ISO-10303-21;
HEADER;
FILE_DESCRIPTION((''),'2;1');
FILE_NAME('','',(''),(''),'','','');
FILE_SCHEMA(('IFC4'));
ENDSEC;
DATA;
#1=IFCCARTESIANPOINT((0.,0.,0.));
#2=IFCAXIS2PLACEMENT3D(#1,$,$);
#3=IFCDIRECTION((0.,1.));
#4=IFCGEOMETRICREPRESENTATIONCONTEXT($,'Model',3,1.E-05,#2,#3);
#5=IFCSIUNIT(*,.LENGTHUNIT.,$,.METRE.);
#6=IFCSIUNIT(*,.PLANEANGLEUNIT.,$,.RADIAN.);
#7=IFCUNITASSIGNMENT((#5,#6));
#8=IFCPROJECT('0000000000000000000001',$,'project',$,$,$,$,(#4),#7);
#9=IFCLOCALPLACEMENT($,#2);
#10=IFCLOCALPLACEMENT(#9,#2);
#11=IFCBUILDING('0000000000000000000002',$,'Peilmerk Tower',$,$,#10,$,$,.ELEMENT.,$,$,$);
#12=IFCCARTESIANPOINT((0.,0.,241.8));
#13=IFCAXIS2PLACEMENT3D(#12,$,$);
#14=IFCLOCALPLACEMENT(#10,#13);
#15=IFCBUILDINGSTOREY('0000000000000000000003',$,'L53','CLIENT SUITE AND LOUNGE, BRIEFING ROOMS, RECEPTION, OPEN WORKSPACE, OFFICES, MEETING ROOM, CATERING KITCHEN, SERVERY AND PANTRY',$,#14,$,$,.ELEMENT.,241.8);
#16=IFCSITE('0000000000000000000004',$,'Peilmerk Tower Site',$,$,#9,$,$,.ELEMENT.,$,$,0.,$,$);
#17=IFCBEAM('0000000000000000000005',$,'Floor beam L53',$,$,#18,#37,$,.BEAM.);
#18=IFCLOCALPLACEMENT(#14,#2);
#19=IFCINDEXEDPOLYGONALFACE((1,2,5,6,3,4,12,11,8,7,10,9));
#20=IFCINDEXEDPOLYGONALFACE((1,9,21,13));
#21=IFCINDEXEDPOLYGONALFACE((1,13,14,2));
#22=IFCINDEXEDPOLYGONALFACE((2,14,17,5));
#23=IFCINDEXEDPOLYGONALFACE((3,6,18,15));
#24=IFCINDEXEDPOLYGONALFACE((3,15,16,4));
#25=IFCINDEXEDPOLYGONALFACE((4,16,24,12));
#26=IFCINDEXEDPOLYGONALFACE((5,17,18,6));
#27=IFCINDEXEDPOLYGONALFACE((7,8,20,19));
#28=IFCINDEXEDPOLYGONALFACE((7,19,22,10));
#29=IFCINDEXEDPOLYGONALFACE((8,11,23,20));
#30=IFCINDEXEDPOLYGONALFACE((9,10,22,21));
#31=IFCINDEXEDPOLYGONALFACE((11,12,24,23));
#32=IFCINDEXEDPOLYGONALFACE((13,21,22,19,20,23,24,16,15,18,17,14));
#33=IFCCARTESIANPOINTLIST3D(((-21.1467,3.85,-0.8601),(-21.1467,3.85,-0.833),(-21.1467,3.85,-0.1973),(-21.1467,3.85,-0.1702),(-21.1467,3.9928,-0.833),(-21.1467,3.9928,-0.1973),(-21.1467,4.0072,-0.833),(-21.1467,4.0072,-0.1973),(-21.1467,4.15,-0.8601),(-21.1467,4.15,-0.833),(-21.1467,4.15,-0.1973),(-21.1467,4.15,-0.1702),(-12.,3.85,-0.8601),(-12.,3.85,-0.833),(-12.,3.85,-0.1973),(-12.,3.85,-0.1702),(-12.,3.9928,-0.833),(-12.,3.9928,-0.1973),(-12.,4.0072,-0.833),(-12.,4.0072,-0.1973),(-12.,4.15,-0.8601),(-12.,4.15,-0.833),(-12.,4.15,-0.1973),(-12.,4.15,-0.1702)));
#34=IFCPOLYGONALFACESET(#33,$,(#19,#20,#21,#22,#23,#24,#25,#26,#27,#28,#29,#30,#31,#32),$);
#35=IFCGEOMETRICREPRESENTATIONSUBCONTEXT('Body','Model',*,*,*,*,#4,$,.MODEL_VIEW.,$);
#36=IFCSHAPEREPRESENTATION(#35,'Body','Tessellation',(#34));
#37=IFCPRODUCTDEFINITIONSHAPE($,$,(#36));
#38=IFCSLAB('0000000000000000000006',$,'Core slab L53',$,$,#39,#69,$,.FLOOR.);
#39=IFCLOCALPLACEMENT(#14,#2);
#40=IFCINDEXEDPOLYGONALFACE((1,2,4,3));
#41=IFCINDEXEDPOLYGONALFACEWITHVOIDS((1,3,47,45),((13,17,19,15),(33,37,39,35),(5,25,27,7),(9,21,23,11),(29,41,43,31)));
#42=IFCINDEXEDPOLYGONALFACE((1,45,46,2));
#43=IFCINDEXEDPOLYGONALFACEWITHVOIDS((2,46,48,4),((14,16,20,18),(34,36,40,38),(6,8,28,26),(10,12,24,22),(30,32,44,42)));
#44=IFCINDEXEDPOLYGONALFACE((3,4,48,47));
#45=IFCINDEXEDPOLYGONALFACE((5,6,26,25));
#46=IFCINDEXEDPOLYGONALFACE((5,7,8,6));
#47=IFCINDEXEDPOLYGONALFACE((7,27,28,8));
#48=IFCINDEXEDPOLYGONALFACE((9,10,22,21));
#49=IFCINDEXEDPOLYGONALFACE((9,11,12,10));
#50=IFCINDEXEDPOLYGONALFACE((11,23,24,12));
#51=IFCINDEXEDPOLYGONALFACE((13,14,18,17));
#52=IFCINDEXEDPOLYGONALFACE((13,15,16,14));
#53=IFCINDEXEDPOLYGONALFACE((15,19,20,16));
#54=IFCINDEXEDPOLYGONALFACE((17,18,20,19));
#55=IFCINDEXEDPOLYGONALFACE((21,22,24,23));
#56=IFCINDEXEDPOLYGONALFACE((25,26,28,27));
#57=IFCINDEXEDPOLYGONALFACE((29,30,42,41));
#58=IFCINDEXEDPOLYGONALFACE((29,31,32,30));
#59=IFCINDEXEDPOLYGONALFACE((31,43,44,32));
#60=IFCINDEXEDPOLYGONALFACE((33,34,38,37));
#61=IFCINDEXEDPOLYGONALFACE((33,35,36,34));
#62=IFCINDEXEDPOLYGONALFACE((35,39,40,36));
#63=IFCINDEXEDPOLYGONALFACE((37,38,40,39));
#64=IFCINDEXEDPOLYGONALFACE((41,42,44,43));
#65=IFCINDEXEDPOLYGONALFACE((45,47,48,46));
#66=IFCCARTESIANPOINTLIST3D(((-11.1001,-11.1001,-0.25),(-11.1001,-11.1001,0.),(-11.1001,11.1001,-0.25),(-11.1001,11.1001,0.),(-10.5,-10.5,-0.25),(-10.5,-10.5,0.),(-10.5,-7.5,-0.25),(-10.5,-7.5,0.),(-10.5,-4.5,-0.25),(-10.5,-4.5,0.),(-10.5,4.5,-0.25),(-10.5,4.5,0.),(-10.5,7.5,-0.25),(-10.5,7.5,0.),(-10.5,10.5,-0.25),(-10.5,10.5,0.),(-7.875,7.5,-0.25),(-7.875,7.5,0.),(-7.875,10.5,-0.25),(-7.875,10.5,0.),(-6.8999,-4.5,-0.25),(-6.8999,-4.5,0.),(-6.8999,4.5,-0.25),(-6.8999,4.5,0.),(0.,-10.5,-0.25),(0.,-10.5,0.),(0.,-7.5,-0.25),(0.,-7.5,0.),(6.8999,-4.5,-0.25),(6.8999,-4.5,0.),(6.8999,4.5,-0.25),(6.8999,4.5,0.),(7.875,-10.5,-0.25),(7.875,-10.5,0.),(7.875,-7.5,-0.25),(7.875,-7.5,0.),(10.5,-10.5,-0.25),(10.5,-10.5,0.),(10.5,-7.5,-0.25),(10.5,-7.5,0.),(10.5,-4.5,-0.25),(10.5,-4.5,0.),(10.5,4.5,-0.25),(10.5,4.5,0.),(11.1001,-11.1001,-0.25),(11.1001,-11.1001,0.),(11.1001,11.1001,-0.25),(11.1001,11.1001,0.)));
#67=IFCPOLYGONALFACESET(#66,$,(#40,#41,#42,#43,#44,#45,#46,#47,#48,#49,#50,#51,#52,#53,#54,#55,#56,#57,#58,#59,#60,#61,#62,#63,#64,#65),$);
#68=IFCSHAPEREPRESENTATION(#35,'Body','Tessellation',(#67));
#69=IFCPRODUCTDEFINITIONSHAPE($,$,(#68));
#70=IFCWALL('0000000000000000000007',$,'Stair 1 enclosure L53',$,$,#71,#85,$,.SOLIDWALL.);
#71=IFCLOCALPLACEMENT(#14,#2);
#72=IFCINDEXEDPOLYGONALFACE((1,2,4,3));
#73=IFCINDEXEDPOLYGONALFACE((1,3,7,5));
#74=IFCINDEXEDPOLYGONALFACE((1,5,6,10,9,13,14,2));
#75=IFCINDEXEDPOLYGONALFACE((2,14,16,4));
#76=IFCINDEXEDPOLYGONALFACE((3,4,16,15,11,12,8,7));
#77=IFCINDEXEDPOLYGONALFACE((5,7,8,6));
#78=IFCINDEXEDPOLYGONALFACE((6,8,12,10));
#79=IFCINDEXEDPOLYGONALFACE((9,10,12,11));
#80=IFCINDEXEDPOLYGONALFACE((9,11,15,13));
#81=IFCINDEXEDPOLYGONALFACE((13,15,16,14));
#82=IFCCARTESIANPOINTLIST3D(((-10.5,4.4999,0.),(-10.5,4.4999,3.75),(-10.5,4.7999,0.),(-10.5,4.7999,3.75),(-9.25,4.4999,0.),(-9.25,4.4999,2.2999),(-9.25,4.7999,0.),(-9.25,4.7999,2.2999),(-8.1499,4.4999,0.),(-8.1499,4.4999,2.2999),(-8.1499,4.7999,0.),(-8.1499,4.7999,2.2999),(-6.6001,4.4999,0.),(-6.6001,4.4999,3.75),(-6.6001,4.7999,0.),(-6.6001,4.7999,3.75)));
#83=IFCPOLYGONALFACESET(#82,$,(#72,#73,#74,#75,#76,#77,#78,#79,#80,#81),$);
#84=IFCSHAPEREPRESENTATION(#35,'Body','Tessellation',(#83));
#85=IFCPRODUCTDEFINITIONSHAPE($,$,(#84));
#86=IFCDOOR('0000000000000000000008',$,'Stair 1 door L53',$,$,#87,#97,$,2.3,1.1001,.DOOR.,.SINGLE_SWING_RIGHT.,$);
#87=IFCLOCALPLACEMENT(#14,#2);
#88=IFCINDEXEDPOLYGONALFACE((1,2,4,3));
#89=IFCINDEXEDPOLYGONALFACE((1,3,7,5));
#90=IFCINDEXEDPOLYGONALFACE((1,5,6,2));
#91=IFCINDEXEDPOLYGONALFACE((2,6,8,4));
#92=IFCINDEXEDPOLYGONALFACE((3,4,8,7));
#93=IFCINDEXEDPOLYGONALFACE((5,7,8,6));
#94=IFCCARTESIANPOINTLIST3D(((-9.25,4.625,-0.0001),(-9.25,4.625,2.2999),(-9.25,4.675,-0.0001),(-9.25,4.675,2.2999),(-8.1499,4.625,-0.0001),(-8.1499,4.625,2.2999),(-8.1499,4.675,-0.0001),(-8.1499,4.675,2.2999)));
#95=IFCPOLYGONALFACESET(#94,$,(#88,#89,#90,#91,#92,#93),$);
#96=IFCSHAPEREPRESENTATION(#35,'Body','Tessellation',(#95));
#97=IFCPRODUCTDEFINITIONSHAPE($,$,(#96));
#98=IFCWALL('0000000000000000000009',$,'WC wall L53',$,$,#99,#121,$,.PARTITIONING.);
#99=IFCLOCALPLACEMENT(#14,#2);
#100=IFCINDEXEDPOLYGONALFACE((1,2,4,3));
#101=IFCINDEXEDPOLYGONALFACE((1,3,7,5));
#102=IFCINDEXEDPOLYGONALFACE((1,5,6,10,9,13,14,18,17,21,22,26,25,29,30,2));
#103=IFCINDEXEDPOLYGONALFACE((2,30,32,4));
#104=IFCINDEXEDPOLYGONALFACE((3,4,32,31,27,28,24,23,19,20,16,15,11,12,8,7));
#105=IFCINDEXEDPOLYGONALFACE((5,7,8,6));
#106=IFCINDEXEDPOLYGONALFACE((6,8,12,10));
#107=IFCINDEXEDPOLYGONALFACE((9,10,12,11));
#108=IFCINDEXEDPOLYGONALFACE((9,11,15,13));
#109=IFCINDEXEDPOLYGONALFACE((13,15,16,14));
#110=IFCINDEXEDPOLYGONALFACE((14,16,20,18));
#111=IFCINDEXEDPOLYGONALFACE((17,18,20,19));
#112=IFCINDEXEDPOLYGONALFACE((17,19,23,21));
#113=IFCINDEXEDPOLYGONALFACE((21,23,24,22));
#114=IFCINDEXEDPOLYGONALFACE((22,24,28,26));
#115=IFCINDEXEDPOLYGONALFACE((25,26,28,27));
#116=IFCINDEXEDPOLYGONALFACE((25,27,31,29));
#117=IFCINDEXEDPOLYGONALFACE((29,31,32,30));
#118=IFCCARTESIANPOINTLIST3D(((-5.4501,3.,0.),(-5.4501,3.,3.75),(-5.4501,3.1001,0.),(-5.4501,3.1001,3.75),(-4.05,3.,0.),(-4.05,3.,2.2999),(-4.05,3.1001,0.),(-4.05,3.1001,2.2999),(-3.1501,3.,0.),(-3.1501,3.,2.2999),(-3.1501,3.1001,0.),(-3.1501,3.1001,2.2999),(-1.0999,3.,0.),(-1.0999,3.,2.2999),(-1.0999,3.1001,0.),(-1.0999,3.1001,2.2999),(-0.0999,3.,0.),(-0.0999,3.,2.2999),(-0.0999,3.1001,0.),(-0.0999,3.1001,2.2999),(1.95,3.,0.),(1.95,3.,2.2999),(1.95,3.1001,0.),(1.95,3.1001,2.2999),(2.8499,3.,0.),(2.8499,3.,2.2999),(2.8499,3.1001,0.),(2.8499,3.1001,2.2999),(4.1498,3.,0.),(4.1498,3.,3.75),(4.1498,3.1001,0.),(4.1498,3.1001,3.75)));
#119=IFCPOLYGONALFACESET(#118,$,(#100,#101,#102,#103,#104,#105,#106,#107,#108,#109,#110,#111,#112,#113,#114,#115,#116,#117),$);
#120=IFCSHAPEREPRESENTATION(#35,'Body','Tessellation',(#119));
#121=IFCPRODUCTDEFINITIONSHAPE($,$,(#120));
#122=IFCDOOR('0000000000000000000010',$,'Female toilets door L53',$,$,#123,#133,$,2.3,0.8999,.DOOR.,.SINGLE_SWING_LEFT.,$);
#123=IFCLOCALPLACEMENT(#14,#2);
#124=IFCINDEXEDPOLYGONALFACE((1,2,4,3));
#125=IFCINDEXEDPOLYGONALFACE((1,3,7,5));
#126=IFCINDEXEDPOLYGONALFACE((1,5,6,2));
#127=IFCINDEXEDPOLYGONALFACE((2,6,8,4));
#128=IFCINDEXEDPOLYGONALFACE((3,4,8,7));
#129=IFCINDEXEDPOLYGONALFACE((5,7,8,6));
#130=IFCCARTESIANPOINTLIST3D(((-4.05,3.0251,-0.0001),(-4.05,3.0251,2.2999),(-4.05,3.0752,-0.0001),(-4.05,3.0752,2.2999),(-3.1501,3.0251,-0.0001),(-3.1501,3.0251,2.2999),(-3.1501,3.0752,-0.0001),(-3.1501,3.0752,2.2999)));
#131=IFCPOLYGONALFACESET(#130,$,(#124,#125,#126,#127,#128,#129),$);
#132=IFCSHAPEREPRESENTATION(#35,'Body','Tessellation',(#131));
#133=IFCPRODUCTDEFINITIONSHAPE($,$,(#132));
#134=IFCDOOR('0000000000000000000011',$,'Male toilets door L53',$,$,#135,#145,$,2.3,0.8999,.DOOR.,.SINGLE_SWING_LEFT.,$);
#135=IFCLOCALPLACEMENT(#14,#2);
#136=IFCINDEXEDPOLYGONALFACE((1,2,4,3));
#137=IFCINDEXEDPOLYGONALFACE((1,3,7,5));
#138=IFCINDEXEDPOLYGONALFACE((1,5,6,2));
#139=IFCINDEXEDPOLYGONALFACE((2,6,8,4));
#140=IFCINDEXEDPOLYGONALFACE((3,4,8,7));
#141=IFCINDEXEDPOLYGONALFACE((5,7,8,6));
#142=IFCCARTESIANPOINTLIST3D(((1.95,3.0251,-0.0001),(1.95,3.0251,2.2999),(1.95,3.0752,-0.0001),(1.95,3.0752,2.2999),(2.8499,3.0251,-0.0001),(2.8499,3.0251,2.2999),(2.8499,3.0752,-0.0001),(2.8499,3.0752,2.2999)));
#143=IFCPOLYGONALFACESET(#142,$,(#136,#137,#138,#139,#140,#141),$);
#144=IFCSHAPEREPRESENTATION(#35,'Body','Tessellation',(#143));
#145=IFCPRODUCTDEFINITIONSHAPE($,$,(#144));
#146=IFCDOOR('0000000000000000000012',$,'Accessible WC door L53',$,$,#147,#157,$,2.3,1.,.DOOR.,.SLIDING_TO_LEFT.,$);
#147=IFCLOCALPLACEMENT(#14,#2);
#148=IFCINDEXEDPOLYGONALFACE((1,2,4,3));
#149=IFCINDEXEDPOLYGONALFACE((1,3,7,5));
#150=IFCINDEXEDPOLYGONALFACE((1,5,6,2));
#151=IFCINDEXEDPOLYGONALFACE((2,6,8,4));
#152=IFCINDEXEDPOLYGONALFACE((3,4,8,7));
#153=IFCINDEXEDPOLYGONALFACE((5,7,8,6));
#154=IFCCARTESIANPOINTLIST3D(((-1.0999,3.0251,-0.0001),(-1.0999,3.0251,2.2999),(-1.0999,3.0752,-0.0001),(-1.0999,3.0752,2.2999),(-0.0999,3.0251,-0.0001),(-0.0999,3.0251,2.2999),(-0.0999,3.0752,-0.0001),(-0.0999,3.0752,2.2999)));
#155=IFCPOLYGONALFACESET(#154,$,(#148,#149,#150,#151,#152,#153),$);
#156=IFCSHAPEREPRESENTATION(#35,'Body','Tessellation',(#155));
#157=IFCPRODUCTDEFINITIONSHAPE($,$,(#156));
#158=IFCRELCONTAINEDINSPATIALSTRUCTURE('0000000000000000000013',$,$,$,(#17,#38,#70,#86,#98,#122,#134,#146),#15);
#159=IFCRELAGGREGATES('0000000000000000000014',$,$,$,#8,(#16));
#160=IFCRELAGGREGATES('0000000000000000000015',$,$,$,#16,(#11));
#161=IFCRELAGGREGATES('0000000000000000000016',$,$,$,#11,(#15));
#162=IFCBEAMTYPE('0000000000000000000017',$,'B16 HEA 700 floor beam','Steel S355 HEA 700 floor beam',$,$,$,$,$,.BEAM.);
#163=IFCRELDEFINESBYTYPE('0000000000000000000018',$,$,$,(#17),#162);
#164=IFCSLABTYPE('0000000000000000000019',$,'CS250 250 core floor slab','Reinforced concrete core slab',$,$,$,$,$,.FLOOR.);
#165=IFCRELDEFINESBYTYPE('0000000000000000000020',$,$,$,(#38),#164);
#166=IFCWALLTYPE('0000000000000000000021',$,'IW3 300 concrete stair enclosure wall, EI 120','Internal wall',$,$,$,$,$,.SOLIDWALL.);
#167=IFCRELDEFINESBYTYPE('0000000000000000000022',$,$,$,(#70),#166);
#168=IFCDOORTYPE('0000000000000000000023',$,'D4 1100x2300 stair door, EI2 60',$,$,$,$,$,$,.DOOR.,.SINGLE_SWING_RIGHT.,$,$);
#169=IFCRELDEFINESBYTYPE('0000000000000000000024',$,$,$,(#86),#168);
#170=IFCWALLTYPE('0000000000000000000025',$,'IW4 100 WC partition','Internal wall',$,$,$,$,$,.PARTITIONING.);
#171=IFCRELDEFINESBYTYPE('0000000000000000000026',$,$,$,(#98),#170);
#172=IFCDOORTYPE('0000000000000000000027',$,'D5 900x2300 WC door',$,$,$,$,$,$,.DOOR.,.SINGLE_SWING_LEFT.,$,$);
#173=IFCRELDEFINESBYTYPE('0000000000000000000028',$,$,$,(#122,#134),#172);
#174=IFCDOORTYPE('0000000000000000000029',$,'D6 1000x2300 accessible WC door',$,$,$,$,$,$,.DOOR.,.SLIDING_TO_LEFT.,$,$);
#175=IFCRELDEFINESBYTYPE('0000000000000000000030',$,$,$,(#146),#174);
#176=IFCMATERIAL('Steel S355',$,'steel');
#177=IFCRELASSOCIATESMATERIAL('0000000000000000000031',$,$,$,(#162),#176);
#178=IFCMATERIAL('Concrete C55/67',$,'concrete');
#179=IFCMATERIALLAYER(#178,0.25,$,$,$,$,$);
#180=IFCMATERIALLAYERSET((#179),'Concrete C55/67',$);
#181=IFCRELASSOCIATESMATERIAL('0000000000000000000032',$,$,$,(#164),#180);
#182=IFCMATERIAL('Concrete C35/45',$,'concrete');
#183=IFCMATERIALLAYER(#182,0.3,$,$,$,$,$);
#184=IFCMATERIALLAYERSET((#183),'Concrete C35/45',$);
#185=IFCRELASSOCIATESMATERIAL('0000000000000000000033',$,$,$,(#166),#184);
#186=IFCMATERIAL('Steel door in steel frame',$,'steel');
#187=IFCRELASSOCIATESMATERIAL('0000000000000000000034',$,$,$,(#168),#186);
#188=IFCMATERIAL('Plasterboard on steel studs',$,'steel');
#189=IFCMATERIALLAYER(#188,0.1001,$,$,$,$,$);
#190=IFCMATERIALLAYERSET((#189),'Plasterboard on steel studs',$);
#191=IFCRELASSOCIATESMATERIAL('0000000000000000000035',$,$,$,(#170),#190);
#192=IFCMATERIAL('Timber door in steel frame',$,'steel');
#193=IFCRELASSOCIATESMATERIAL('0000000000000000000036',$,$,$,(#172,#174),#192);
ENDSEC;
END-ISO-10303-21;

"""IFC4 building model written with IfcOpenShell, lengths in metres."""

from ifc_helpers import new_model, si_unit, direction, frame, frame_2d, origin, origin_2d, place, context, subcontext, project, spatial, polyline, rectangle, i_section, outline, extrude, material, layer, layer_set, material_profile, profile_set, type_object, element, fill, save


model = new_model("IFC4")

# Units and contexts
model_context = context("Model", 3, precision=1e-05, world=origin(), true_north=direction((0.0, 1.0)))
body_context = subcontext(model_context, "Body", "Model", "MODEL_VIEW")
ifc_project = project(units=[si_unit("LENGTHUNIT", "METRE"), si_unit("PLANEANGLEUNIT", "RADIAN")], contexts=[model_context])

# Site, building, storey
site_placement = place(None, origin())
site = spatial("IfcSite", under=ifc_project, at=site_placement, Name="Peilmerk Tower Site", CompositionType="ELEMENT", RefElevation=0.0)
building_placement = place(site_placement, origin())
building = spatial("IfcBuilding", under=site, at=building_placement, Name="Peilmerk Tower", CompositionType="ELEMENT")
storey_placement = place(building_placement, frame((0.0, 0.0, 241.8)))
storey = spatial("IfcBuildingStorey", under=building, at=storey_placement, Name="L53", Description="CLIENT SUITE AND LOUNGE, BRIEFING ROOMS, RECEPTION, OPEN WORKSPACE, OFFICES, MEETING ROOM, CATERING KITCHEN, SERVERY AND PANTRY", CompositionType="ELEMENT", Elevation=241.8)

# Beam
ifc_material_1 = material(Name="Steel S355", Category="steel")
ifc_material_profile = material_profile(ifc_material_1, i_section(OverallWidth=0.3, OverallDepth=0.6899, WebThickness=0.0144, FlangeThickness=0.0271, at=origin_2d()), Name="HEA 700")
ifc_profile_set = profile_set([ifc_material_profile], Name="Steel S355")
beam_type = type_object("IfcBeamType", Name="B16 HEA 700 floor beam", Description="Steel S355 HEA 700 floor beam", PredefinedType="BEAM", material=ifc_profile_set)
beam_placement = place(storey_placement, frame((-12.0, 4.0, -0.5151), z_axis=(-1.0, 0.0, 0.0), x_axis=(0.0, -1.0, 0.0)))
element("IfcBeam", 1, at=beam_placement, inside=storey, type_object=beam_type, Name="Floor beam L53", PredefinedType="BEAM", context=body_context, shape_type="SweptSolid", body=[
    extrude(i_section(OverallWidth=0.3, OverallDepth=0.6899, WebThickness=0.0144, FlangeThickness=0.0271, at=origin_2d()), origin(), (0.0, 0.0, 1.0), 9.1467),
])

# Slab
ifc_material_2 = material(Name="Concrete C55/67", Category="concrete")
ifc_layer_1 = layer(ifc_material_2, 0.25)
ifc_layer_set_1 = layer_set([ifc_layer_1], Name="Concrete C55/67")
slab_type = type_object("IfcSlabType", Name="CS250 250 core floor slab", Description="Reinforced concrete core slab", PredefinedType="FLOOR", material=ifc_layer_set_1)
slab_placement = place(storey_placement, frame((0.0, 0.0, -0.25)))
element("IfcSlab", 2, at=slab_placement, inside=storey, type_object=slab_type, Name="Core slab L53", PredefinedType="FLOOR", context=body_context, shape_type="SweptSolid", body=[
    extrude(outline(polyline([(11.1001, -11.1001), (11.1001, 11.1001), (-11.1001, 11.1001), (-11.1001, -11.1001), (11.1001, -11.1001)]), holes=[polyline([(-7.875, 7.5), (-10.5, 7.5), (-10.5, 10.5), (-7.875, 10.5), (-7.875, 7.5)]), polyline([(0.0, -10.5), (-10.5, -10.5), (-10.5, -7.5), (0.0, -7.5), (0.0, -10.5)]), polyline([(7.875, -10.5), (7.875, -7.5), (10.5, -7.5), (10.5, -10.5), (7.875, -10.5)]), polyline([(-10.5, 4.5), (-6.8999, 4.5), (-6.8999, -4.5), (-10.5, -4.5), (-10.5, 4.5)]), polyline([(10.5, 4.5), (10.5, -4.5), (6.8999, -4.5), (6.8999, 4.5), (10.5, 4.5)])]), origin(), (0.0, 0.0, 1.0), 0.25),
])

# Wall, opening, door
ifc_material_3 = material(Name="Concrete C35/45", Category="concrete")
ifc_layer_2 = layer(ifc_material_3, 0.3)
ifc_layer_set_2 = layer_set([ifc_layer_2], Name="Concrete C35/45")
wall_type_1 = type_object("IfcWallType", Name="IW3 300 concrete stair enclosure wall, EI 120", Description="Internal wall", PredefinedType="SOLIDWALL", material=ifc_layer_set_2)
wall_1_placement = place(storey_placement, frame((-10.5, 4.6499, 0.0), z_axis=(0.0, 0.0, 1.0), x_axis=(1.0, 0.0, 0.0)))
wall_1 = element("IfcWall", 3, at=wall_1_placement, inside=storey, type_object=wall_type_1, Name="Stair 1 enclosure L53", PredefinedType="SOLIDWALL", context=body_context, shape_type="SweptSolid", body=[
    extrude(rectangle(XDim=3.8999, YDim=0.3, at=frame_2d((1.95, 0.0))), origin(), (0.0, 0.0, 1.0), 3.75),
])
opening_1_placement = place(wall_1_placement, frame((1.25, 0.0, 0.0)))
opening_1 = element("IfcOpeningElement", 4, at=opening_1_placement, cuts=wall_1, PredefinedType="OPENING", context=body_context, shape_type="SweptSolid", body=[
    extrude(rectangle(XDim=1.1001, YDim=2.3, at=frame_2d((0.55, 1.1499))), frame((0.0, 0.1599, 0.0), z_axis=(0.0, -1.0, 0.0), x_axis=(1.0, 0.0, 0.0)), (0.0, 0.0, 1.0), 0.3201),
])
ifc_material_4 = material(Name="Steel door in steel frame", Category="steel")
door_type_1 = type_object("IfcDoorType", Name="D4 1100x2300 stair door, EI2 60", OperationType="SINGLE_SWING_RIGHT", PredefinedType="DOOR", material=ifc_material_4)
door_1_placement = place(opening_1_placement, frame((1.1001, 0.0, 0.0), z_axis=(0.0, 0.0, 1.0), x_axis=(-1.0, 0.0, 0.0)))
door_1 = element("IfcDoor", 5, at=door_1_placement, inside=storey, type_object=door_type_1, Name="Stair 1 door L53", OperationType="SINGLE_SWING_RIGHT", OverallHeight=2.3, OverallWidth=1.1001, PredefinedType="DOOR", context=body_context, shape_type="SweptSolid", body=[
    extrude(rectangle(XDim=1.1001, YDim=2.3, at=frame_2d((0.55, 1.1499))), frame((0.0, 0.0249, 0.0), z_axis=(0.0, -1.0, 0.0), x_axis=(1.0, 0.0, 0.0)), (0.0, 0.0, 1.0), 0.05),
])
fill(opening_1, door_1)

# Wall, openings, doors
ifc_material_5 = material(Name="Plasterboard on steel studs", Category="steel")
ifc_layer_3 = layer(ifc_material_5, 0.1001)
ifc_layer_set_3 = layer_set([ifc_layer_3], Name="Plasterboard on steel studs")
wall_type_2 = type_object("IfcWallType", Name="IW4 100 WC partition", Description="Internal wall", PredefinedType="PARTITIONING", material=ifc_layer_set_3)
wall_2_placement = place(storey_placement, frame((-5.45, 3.05, 0.0), z_axis=(0.0, 0.0, 1.0), x_axis=(1.0, 0.0, 0.0)))
wall_2 = element("IfcWall", 6, at=wall_2_placement, inside=storey, type_object=wall_type_2, Name="WC wall L53", PredefinedType="PARTITIONING", context=body_context, shape_type="SweptSolid", body=[
    extrude(rectangle(XDim=9.5999, YDim=0.1001, at=frame_2d((4.7998, 0.0))), origin(), (0.0, 0.0, 1.0), 3.75),
])
opening_2_placement = place(wall_2_placement, frame((1.3999, 0.0, 0.0)))
opening_2 = element("IfcOpeningElement", 7, at=opening_2_placement, cuts=wall_2, PredefinedType="OPENING", context=body_context, shape_type="SweptSolid", body=[
    extrude(rectangle(XDim=0.8999, YDim=2.3, at=frame_2d((0.45, 1.1499))), frame((0.0, 0.0601, 0.0), z_axis=(0.0, -1.0, 0.0), x_axis=(1.0, 0.0, 0.0)), (0.0, 0.0, 1.0), 0.1201),
])
opening_3_placement = place(wall_2_placement, frame((4.3501, 0.0, 0.0)))
opening_3 = element("IfcOpeningElement", 8, at=opening_3_placement, cuts=wall_2, PredefinedType="OPENING", context=body_context, shape_type="SweptSolid", body=[
    extrude(rectangle(XDim=1.0, YDim=2.3, at=frame_2d((0.5, 1.1499))), frame((0.0, 0.0601, 0.0), z_axis=(0.0, -1.0, 0.0), x_axis=(1.0, 0.0, 0.0)), (0.0, 0.0, 1.0), 0.1201),
])
opening_4_placement = place(wall_2_placement, frame((7.3999, 0.0, 0.0)))
opening_4 = element("IfcOpeningElement", 9, at=opening_4_placement, cuts=wall_2, PredefinedType="OPENING", context=body_context, shape_type="SweptSolid", body=[
    extrude(rectangle(XDim=0.8999, YDim=2.3, at=frame_2d((0.45, 1.1499))), frame((0.0, 0.0601, 0.0), z_axis=(0.0, -1.0, 0.0), x_axis=(1.0, 0.0, 0.0)), (0.0, 0.0, 1.0), 0.1201),
])
ifc_material_6 = material(Name="Timber door in steel frame", Category="steel")
door_type_2 = type_object("IfcDoorType", Name="D5 900x2300 WC door", OperationType="SINGLE_SWING_LEFT", PredefinedType="DOOR", material=ifc_material_6)
door_2_placement = place(opening_2_placement, frame((0.8999, 0.0, 0.0), z_axis=(0.0, 0.0, 1.0), x_axis=(-1.0, 0.0, 0.0)))
door_2 = element("IfcDoor", 10, at=door_2_placement, inside=storey, type_object=door_type_2, Name="Female toilets door L53", OperationType="SINGLE_SWING_LEFT", OverallHeight=2.3, OverallWidth=0.8999, PredefinedType="DOOR", context=body_context, shape_type="SweptSolid", body=[
    extrude(rectangle(XDim=0.8999, YDim=2.3, at=frame_2d((0.45, 1.1499))), frame((0.0, 0.0249, 0.0), z_axis=(0.0, -1.0, 0.0), x_axis=(1.0, 0.0, 0.0)), (0.0, 0.0, 1.0), 0.05),
])
fill(opening_2, door_2)
door_3_placement = place(opening_4_placement, frame((0.8999, 0.0, 0.0), z_axis=(0.0, 0.0, 1.0), x_axis=(-1.0, 0.0, 0.0)))
door_3 = element("IfcDoor", 11, at=door_3_placement, inside=storey, type_object=door_type_2, Name="Male toilets door L53", OperationType="SINGLE_SWING_LEFT", OverallHeight=2.3, OverallWidth=0.8999, PredefinedType="DOOR", context=body_context, shape_type="SweptSolid", body=[
    extrude(rectangle(XDim=0.8999, YDim=2.3, at=frame_2d((0.45, 1.1499))), frame((0.0, 0.0249, 0.0), z_axis=(0.0, -1.0, 0.0), x_axis=(1.0, 0.0, 0.0)), (0.0, 0.0, 1.0), 0.05),
])
fill(opening_4, door_3)
door_type_3 = type_object("IfcDoorType", Name="D6 1000x2300 accessible WC door", OperationType="SLIDING_TO_LEFT", PredefinedType="DOOR", material=ifc_material_6)
door_4_placement = place(opening_3_placement, frame((1.0, 0.0, 0.0), z_axis=(0.0, 0.0, 1.0), x_axis=(-1.0, 0.0, 0.0)))
door_4 = element("IfcDoor", 12, at=door_4_placement, inside=storey, type_object=door_type_3, Name="Accessible WC door L53", OperationType="SLIDING_TO_LEFT", OverallHeight=2.3, OverallWidth=1.0, PredefinedType="DOOR", context=body_context, shape_type="SweptSolid", body=[
    extrude(rectangle(XDim=1.0, YDim=2.3, at=frame_2d((0.5, 1.1499))), frame((0.0, 0.0249, 0.0), z_axis=(0.0, -1.0, 0.0), x_axis=(1.0, 0.0, 0.0)), (0.0, 0.0, 1.0), 0.05),
])
fill(opening_3, door_4)

save(model, "model.ifc")
